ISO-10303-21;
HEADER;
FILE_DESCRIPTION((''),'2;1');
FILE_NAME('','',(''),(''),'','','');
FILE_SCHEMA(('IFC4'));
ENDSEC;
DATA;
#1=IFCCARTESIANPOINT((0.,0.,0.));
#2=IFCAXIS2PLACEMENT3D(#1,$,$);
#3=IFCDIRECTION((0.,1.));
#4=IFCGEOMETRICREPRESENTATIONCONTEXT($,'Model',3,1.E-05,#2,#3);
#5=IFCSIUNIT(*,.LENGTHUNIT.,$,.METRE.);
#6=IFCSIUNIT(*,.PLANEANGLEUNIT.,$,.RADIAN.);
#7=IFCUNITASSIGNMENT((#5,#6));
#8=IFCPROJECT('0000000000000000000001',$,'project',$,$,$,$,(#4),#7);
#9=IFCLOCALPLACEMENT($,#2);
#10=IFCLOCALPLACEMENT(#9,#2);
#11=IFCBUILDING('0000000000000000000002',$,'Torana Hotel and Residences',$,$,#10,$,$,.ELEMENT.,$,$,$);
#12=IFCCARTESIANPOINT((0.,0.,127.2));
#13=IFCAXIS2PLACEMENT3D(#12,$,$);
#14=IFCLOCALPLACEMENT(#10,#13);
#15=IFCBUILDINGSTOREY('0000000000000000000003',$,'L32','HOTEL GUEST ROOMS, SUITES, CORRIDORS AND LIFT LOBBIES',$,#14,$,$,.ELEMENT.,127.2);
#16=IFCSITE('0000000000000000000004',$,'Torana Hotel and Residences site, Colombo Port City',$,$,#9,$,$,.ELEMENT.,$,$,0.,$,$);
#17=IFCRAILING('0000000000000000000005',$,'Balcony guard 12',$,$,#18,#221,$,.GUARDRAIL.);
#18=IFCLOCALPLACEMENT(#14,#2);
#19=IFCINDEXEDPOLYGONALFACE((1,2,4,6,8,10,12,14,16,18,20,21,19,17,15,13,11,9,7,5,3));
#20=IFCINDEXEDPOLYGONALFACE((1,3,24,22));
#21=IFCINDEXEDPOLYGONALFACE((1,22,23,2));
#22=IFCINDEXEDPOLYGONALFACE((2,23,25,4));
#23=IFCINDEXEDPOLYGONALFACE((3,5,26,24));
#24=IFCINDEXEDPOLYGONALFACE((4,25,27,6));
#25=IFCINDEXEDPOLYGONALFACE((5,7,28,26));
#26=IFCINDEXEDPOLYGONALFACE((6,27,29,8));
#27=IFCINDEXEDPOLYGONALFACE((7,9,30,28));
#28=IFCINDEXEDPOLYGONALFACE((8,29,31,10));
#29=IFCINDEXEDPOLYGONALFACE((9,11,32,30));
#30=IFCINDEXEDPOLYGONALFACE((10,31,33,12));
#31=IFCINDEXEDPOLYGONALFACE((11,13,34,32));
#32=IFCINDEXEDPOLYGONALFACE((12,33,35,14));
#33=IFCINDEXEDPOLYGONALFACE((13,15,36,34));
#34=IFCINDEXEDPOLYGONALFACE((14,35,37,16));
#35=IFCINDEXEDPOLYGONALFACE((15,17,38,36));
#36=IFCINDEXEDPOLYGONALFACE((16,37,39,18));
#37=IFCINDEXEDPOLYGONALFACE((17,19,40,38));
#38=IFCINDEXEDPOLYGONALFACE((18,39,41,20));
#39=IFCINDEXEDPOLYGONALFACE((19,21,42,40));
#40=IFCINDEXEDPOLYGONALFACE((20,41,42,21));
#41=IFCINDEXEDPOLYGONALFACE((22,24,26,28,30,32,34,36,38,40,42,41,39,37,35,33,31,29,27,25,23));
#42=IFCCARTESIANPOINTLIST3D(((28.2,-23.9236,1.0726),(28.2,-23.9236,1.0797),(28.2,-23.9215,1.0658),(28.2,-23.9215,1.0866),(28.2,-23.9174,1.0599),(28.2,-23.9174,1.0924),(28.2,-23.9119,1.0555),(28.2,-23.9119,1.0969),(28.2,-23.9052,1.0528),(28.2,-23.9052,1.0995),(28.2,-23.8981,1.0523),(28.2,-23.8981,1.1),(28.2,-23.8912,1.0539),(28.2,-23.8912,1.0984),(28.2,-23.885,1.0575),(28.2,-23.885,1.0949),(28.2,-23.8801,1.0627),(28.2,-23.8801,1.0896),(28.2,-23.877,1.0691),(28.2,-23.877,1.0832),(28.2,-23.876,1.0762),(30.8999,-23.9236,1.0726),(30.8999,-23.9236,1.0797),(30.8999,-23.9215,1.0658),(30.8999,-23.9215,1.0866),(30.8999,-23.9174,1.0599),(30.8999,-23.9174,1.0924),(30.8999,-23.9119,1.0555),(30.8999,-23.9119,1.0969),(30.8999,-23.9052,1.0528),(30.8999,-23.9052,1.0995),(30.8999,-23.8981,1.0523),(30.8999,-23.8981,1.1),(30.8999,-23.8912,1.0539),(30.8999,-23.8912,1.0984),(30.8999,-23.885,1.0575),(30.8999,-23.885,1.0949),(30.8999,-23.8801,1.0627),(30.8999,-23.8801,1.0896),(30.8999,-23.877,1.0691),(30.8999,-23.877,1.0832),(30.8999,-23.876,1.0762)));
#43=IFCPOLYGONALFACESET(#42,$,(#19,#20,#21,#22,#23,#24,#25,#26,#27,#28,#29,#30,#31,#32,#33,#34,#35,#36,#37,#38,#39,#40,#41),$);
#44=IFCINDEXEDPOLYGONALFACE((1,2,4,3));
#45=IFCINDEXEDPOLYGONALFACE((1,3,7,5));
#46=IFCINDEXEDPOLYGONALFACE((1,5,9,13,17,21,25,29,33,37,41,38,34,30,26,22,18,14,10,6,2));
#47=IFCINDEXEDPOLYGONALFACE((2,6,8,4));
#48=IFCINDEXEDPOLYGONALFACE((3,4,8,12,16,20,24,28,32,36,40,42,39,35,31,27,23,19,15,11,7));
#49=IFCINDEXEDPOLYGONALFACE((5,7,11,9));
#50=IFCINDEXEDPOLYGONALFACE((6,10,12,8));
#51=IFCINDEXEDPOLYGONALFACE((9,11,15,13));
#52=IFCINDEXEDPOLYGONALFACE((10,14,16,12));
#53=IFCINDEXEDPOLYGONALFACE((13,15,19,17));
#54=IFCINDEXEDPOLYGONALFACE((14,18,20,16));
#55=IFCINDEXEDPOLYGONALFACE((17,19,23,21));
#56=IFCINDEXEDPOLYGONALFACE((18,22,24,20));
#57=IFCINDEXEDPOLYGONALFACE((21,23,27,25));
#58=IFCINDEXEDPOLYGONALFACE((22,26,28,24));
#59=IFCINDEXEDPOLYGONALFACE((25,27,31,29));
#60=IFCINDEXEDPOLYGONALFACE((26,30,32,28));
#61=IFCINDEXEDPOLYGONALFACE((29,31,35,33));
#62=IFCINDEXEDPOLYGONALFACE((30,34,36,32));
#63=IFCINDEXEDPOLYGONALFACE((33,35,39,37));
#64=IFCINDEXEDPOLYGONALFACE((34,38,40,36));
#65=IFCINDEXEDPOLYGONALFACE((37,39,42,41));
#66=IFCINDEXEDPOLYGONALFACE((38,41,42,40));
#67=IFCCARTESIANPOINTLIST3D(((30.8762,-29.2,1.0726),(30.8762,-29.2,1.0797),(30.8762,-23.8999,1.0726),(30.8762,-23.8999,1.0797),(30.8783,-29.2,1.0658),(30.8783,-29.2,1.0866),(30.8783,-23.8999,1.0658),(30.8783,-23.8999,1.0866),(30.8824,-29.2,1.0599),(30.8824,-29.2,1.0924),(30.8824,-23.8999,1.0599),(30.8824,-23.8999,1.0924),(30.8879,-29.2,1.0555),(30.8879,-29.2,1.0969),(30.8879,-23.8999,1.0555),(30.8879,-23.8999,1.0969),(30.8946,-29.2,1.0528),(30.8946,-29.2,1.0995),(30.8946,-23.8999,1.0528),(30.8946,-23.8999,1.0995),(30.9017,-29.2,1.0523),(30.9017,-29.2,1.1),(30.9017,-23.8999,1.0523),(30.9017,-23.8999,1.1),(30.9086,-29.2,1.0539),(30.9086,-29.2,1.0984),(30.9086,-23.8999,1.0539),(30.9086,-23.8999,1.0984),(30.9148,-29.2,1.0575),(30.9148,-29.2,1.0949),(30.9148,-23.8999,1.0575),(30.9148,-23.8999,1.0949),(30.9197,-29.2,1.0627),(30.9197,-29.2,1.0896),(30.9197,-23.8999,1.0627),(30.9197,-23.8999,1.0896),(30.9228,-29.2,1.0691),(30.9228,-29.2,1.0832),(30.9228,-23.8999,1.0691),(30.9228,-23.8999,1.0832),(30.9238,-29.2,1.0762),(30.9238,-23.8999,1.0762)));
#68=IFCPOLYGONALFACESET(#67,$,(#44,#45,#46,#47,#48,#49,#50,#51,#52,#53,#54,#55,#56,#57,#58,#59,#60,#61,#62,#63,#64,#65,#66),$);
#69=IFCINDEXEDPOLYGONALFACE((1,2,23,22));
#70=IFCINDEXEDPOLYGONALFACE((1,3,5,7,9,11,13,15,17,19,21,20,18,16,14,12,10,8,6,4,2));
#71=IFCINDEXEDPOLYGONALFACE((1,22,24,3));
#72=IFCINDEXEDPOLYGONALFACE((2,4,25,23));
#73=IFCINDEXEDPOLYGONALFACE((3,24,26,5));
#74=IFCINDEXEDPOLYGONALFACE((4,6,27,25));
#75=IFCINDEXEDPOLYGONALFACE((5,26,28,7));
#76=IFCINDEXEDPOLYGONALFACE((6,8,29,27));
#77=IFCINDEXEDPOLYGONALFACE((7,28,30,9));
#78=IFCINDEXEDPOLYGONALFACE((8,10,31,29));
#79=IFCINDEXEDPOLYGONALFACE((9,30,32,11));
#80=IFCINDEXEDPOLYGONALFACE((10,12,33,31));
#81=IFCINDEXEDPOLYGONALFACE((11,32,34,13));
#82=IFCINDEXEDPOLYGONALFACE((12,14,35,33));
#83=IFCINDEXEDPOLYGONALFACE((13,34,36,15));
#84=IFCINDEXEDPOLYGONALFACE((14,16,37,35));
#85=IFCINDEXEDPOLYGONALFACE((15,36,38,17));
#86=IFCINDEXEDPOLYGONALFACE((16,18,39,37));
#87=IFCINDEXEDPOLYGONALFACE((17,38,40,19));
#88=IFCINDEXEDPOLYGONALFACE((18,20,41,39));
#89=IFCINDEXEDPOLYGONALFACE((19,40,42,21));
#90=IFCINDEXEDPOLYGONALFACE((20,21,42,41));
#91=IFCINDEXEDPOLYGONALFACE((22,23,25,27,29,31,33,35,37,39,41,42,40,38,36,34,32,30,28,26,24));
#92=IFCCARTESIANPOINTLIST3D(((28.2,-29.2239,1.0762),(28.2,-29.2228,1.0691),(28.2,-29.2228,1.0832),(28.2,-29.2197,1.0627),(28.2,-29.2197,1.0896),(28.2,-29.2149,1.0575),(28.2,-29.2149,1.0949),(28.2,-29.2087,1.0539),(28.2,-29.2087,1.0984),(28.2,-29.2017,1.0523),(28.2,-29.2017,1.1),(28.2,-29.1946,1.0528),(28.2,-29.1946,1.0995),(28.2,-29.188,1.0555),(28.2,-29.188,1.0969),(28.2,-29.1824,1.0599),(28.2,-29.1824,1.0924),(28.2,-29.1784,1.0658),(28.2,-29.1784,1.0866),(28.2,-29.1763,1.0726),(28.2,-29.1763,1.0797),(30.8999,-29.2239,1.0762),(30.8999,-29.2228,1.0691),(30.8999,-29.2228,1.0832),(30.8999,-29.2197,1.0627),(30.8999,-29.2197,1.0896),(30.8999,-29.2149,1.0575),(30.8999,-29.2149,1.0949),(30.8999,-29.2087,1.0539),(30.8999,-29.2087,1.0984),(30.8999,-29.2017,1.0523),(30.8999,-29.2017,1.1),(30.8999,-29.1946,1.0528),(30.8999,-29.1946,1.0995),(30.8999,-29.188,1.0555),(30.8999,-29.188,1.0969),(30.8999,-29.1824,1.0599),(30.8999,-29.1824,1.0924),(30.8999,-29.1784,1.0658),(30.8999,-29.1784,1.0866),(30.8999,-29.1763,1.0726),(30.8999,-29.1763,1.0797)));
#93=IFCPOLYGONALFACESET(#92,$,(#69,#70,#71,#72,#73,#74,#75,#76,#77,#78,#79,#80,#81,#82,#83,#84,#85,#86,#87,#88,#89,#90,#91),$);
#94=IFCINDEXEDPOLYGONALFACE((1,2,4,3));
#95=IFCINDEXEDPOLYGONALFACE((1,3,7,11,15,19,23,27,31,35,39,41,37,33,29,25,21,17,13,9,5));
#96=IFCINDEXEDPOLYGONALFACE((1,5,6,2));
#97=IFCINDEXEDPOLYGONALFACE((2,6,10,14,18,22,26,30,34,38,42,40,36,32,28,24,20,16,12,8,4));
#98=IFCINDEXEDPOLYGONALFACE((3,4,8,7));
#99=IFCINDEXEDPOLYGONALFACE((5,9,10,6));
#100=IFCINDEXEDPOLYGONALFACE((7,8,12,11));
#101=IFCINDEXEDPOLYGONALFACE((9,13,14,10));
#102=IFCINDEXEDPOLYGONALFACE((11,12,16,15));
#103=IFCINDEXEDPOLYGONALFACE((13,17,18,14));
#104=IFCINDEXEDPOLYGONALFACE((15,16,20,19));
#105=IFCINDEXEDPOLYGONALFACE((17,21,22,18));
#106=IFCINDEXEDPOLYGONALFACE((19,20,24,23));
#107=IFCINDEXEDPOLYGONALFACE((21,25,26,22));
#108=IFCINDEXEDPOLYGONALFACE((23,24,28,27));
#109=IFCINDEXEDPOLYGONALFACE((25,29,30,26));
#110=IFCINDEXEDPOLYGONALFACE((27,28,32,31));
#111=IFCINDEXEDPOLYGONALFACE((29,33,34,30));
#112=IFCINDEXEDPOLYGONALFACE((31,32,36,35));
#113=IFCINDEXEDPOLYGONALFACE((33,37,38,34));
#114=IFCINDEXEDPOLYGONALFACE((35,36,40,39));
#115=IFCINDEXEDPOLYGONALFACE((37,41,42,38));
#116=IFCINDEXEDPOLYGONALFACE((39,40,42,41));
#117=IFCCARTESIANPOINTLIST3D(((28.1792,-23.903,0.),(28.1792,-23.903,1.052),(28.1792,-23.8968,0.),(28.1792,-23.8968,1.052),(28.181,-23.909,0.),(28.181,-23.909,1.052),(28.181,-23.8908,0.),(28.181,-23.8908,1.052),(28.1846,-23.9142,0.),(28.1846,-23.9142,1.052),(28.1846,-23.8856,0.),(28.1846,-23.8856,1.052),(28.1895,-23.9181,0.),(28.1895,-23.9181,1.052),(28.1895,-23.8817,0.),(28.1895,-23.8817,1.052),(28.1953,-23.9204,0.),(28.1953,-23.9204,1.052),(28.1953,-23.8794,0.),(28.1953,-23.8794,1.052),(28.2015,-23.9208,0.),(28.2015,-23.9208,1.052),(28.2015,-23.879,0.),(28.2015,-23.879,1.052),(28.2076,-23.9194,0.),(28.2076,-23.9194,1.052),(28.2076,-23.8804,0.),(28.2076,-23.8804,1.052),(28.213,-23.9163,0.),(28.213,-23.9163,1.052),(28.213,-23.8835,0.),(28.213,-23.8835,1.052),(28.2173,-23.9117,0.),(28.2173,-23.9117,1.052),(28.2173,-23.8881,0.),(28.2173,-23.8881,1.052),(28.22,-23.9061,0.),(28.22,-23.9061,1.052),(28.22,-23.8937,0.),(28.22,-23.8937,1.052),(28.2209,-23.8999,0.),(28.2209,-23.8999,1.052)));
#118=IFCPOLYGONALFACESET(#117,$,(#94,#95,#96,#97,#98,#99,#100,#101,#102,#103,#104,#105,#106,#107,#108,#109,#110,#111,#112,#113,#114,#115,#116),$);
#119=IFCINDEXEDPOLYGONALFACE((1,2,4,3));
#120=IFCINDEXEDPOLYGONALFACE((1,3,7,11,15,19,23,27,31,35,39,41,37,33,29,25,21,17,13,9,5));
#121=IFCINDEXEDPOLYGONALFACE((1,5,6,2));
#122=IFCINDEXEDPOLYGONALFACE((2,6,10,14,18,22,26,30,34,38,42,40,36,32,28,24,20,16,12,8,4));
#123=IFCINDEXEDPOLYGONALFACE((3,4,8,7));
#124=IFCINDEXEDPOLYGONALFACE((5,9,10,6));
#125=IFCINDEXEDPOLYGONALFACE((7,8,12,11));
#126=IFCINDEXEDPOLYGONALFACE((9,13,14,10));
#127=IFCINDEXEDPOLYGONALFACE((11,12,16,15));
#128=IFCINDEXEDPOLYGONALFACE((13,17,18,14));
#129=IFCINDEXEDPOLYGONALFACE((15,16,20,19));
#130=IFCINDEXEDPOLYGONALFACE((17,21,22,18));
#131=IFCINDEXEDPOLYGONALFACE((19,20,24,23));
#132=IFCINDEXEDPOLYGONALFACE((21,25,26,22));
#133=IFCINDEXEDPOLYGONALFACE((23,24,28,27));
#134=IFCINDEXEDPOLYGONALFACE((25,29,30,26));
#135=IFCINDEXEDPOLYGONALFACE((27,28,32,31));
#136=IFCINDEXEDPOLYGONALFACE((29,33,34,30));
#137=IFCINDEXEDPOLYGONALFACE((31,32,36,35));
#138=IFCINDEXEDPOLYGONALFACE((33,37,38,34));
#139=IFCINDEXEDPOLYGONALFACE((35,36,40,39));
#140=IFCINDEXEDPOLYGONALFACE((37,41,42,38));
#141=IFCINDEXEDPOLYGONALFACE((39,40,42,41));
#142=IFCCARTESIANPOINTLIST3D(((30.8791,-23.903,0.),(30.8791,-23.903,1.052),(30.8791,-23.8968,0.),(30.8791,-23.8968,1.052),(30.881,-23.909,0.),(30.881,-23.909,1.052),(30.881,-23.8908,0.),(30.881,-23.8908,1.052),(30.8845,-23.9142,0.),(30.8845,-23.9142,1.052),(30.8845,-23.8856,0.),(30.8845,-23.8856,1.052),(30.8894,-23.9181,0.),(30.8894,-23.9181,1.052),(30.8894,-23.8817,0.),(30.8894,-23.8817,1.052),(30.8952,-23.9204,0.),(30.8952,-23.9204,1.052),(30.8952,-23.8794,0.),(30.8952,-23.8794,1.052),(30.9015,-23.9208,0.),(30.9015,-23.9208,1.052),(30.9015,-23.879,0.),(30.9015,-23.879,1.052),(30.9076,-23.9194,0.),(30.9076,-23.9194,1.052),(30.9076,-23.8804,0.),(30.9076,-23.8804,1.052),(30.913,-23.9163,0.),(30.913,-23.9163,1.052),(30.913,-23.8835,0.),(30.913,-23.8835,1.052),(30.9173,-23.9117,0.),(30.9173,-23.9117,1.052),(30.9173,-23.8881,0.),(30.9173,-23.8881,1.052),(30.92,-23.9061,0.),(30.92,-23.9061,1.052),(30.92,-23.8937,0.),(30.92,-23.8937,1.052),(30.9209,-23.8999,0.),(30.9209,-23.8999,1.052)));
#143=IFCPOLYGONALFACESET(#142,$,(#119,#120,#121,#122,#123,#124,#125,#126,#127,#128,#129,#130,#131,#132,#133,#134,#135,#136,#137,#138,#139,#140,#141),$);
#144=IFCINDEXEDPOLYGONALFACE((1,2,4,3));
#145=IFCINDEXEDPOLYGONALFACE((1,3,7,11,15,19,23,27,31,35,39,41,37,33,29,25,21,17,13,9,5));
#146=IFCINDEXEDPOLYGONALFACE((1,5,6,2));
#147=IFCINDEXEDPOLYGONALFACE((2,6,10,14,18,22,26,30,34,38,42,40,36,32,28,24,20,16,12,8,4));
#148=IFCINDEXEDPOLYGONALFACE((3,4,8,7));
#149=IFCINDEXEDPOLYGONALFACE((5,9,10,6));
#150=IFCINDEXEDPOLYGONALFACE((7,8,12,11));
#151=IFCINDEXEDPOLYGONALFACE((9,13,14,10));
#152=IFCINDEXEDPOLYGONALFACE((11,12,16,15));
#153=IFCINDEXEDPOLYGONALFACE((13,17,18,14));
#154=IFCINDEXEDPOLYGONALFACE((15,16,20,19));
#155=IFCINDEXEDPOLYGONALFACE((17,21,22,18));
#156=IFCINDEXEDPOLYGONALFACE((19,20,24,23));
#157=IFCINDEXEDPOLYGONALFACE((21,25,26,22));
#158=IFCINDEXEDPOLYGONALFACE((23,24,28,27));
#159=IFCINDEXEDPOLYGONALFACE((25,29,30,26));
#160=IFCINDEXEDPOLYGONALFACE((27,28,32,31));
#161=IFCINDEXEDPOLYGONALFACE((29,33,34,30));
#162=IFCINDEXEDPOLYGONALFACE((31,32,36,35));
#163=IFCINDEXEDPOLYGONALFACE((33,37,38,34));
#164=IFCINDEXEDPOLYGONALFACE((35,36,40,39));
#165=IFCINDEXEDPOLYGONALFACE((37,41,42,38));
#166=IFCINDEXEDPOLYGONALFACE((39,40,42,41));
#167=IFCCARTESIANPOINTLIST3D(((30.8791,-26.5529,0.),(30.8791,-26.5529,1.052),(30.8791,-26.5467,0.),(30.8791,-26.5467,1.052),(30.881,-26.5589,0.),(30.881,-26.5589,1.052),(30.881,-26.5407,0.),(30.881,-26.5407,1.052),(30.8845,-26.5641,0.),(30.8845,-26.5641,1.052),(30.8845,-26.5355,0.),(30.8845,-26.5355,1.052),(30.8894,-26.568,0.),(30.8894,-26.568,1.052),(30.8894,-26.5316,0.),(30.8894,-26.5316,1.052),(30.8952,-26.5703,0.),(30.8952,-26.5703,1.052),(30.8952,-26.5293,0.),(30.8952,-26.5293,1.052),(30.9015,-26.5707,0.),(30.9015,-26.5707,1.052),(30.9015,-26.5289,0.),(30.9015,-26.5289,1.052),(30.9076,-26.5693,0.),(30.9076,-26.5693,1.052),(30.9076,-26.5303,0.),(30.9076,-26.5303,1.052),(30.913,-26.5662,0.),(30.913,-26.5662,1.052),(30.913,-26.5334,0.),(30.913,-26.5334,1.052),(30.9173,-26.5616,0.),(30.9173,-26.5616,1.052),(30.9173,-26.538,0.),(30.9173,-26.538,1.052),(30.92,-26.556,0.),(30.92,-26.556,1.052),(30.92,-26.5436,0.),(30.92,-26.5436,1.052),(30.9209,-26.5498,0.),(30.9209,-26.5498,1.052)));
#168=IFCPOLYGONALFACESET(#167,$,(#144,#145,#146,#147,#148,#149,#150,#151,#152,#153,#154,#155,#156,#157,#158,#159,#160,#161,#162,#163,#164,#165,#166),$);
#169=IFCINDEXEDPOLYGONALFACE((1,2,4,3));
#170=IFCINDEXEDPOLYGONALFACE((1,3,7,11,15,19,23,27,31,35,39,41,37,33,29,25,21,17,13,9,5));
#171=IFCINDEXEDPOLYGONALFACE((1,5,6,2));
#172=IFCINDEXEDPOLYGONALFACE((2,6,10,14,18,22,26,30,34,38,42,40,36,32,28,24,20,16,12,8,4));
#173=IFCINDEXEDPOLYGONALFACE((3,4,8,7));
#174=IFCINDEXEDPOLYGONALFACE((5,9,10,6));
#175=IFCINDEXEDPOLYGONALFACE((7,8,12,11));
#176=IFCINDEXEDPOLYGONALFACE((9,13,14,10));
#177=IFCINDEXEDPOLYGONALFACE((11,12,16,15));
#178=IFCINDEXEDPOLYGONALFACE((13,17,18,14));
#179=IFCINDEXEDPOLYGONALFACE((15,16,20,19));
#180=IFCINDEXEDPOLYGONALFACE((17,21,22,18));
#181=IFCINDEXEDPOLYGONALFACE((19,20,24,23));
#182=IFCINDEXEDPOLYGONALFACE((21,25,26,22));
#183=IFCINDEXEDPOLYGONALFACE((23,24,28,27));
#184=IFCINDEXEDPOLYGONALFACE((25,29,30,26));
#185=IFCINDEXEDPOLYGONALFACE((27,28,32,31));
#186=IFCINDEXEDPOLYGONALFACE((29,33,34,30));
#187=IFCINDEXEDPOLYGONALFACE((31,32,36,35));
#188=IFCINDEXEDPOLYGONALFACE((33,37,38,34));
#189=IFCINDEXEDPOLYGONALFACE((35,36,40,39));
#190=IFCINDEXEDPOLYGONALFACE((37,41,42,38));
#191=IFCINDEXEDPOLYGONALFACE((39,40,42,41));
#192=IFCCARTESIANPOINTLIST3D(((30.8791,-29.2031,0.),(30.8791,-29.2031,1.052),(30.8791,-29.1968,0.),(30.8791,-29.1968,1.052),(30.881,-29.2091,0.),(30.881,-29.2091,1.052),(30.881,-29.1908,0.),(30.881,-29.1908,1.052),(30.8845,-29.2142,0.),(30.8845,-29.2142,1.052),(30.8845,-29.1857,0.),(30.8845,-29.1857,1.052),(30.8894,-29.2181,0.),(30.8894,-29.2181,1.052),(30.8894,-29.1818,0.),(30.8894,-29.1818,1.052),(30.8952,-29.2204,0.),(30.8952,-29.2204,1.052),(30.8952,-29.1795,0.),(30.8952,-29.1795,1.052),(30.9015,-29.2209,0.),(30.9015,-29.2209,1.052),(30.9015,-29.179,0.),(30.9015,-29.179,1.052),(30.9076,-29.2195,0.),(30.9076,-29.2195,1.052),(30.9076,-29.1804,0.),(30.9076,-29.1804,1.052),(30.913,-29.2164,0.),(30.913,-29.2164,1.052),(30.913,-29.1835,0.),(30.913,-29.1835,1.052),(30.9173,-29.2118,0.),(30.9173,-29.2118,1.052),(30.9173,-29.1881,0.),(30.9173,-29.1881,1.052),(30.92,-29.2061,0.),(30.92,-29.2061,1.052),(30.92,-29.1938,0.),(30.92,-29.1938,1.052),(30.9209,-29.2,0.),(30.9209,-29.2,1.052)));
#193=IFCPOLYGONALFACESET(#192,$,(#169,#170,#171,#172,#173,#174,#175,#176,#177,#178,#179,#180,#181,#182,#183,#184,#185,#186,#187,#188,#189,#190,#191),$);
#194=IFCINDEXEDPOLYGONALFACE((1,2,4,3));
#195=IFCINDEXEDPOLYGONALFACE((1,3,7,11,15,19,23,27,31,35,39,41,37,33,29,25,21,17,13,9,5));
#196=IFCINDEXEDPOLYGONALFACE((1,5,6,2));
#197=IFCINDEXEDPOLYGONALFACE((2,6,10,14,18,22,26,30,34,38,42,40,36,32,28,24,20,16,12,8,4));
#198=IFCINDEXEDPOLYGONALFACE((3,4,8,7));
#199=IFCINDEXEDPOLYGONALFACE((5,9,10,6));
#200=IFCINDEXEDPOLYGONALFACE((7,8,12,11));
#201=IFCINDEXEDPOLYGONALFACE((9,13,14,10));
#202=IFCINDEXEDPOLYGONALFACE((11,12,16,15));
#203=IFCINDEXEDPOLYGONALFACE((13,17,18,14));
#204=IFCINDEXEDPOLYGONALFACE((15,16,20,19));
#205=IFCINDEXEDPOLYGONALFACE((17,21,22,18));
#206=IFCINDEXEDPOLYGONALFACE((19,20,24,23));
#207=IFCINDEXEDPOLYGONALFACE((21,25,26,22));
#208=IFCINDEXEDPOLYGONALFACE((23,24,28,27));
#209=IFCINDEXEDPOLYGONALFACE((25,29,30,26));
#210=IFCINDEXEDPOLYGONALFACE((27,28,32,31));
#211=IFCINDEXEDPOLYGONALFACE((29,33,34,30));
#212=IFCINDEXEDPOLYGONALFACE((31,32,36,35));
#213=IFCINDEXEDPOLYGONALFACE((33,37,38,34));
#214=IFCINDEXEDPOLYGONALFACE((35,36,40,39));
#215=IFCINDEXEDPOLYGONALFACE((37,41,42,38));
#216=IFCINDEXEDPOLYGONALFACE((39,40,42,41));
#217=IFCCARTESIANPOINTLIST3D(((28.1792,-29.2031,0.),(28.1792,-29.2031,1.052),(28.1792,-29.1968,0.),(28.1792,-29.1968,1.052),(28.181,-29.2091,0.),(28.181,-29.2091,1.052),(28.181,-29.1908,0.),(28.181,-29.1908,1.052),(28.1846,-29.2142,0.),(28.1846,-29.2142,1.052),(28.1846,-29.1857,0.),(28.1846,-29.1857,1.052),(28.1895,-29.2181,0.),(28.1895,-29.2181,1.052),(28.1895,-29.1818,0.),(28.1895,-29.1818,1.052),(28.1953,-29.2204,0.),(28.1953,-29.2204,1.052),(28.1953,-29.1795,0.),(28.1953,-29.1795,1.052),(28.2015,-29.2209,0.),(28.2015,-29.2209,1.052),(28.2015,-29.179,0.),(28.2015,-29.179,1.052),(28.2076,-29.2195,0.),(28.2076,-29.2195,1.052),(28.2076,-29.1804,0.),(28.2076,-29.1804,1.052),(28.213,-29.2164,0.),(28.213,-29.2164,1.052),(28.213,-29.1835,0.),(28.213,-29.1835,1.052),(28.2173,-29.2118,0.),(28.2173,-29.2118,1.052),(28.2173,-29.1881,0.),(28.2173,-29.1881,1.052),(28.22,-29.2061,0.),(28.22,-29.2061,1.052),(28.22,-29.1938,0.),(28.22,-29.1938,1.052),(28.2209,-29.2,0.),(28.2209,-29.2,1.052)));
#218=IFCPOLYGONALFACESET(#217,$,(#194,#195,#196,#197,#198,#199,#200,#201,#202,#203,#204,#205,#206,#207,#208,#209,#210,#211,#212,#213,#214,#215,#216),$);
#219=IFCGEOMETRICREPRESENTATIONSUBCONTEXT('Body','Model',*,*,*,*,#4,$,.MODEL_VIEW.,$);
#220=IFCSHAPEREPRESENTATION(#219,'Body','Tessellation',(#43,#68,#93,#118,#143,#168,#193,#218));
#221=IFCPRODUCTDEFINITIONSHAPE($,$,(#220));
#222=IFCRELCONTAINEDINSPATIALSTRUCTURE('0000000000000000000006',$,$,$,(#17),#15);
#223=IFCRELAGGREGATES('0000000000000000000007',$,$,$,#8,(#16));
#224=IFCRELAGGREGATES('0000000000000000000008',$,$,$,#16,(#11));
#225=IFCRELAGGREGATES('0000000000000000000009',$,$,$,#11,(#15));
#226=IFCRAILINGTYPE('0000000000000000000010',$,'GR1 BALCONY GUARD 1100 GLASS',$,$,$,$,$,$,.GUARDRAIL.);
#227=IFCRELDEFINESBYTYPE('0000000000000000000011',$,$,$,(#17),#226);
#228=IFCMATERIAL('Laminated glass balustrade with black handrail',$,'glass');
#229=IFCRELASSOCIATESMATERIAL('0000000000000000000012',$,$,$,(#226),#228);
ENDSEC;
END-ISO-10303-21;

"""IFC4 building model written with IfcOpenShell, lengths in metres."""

from ifc_helpers import new_model, si_unit, direction, frame, origin, origin_2d, place, context, subcontext, project, spatial, circle, extrude, material, type_object, element, save


model = new_model("IFC4")

# Units and contexts
model_context = context("Model", 3, precision=1e-05, world=origin(), true_north=direction((0.0, 1.0)))
body_context = subcontext(model_context, "Body", "Model", "MODEL_VIEW")
ifc_project = project(units=[si_unit("LENGTHUNIT", "METRE"), si_unit("PLANEANGLEUNIT", "RADIAN")], contexts=[model_context])

# Site, building, storey
site_placement = place(None, origin())
site = spatial("IfcSite", under=ifc_project, at=site_placement, Name="Torana Hotel and Residences site, Colombo Port City", CompositionType="ELEMENT", RefElevation=0.0)
building_placement = place(site_placement, origin())
building = spatial("IfcBuilding", under=site, at=building_placement, Name="Torana Hotel and Residences", CompositionType="ELEMENT")
storey_placement = place(building_placement, frame((0.0, 0.0, 127.2)))
storey = spatial("IfcBuildingStorey", under=building, at=storey_placement, Name="L32", Description="HOTEL GUEST ROOMS, SUITES, CORRIDORS AND LIFT LOBBIES", CompositionType="ELEMENT", Elevation=127.2)

# Railing
ifc_material_1 = material(Name="Laminated glass balustrade with black handrail", Category="glass")
railing_type = type_object("IfcRailingType", Name="GR1 BALCONY GUARD 1100 GLASS", PredefinedType="GUARDRAIL", material=ifc_material_1)
railing_1_placement = place(storey_placement, frame((28.2, -23.8999, 0.0)))
element("IfcRailing", 1, at=railing_1_placement, inside=storey, type_object=railing_type, Name="Balcony guard 12", PredefinedType="GUARDRAIL", context=body_context, shape_type="SweptSolid", body=[
    extrude(circle(Radius=0.0239, at=origin_2d()), frame((0.0, 0.0, 1.0762), z_axis=(1.0, 0.0, 0.0), x_axis=(0.0, 1.0, 0.0)), (0.0, 0.0, 1.0), 2.7),
    extrude(circle(Radius=0.0239, at=origin_2d()), frame((2.7, 0.0, 1.0762), z_axis=(0.0, -1.0, 0.0), x_axis=(1.0, 0.0, 0.0)), (0.0, 0.0, 1.0), 5.3),
    extrude(circle(Radius=0.0239, at=origin_2d()), frame((2.7, -5.3, 1.0762), z_axis=(-1.0, 0.0, 0.0), x_axis=(0.0, -1.0, 0.0)), (0.0, 0.0, 1.0), 2.7),
    extrude(circle(Radius=0.021, at=origin_2d()), origin(), (0.0, 0.0, 1.0), 1.052),
    extrude(circle(Radius=0.021, at=origin_2d()), frame((2.7, 0.0, 0.0)), (0.0, 0.0, 1.0), 1.052),
    extrude(circle(Radius=0.021, at=origin_2d()), frame((2.7, -2.6499, 0.0)), (0.0, 0.0, 1.0), 1.052),
    extrude(circle(Radius=0.021, at=origin_2d()), frame((2.7, -5.3, 0.0)), (0.0, 0.0, 1.0), 1.052),
    extrude(circle(Radius=0.021, at=origin_2d()), frame((0.0, -5.3, 0.0)), (0.0, 0.0, 1.0), 1.052),
])

save(model, "model.ifc")
